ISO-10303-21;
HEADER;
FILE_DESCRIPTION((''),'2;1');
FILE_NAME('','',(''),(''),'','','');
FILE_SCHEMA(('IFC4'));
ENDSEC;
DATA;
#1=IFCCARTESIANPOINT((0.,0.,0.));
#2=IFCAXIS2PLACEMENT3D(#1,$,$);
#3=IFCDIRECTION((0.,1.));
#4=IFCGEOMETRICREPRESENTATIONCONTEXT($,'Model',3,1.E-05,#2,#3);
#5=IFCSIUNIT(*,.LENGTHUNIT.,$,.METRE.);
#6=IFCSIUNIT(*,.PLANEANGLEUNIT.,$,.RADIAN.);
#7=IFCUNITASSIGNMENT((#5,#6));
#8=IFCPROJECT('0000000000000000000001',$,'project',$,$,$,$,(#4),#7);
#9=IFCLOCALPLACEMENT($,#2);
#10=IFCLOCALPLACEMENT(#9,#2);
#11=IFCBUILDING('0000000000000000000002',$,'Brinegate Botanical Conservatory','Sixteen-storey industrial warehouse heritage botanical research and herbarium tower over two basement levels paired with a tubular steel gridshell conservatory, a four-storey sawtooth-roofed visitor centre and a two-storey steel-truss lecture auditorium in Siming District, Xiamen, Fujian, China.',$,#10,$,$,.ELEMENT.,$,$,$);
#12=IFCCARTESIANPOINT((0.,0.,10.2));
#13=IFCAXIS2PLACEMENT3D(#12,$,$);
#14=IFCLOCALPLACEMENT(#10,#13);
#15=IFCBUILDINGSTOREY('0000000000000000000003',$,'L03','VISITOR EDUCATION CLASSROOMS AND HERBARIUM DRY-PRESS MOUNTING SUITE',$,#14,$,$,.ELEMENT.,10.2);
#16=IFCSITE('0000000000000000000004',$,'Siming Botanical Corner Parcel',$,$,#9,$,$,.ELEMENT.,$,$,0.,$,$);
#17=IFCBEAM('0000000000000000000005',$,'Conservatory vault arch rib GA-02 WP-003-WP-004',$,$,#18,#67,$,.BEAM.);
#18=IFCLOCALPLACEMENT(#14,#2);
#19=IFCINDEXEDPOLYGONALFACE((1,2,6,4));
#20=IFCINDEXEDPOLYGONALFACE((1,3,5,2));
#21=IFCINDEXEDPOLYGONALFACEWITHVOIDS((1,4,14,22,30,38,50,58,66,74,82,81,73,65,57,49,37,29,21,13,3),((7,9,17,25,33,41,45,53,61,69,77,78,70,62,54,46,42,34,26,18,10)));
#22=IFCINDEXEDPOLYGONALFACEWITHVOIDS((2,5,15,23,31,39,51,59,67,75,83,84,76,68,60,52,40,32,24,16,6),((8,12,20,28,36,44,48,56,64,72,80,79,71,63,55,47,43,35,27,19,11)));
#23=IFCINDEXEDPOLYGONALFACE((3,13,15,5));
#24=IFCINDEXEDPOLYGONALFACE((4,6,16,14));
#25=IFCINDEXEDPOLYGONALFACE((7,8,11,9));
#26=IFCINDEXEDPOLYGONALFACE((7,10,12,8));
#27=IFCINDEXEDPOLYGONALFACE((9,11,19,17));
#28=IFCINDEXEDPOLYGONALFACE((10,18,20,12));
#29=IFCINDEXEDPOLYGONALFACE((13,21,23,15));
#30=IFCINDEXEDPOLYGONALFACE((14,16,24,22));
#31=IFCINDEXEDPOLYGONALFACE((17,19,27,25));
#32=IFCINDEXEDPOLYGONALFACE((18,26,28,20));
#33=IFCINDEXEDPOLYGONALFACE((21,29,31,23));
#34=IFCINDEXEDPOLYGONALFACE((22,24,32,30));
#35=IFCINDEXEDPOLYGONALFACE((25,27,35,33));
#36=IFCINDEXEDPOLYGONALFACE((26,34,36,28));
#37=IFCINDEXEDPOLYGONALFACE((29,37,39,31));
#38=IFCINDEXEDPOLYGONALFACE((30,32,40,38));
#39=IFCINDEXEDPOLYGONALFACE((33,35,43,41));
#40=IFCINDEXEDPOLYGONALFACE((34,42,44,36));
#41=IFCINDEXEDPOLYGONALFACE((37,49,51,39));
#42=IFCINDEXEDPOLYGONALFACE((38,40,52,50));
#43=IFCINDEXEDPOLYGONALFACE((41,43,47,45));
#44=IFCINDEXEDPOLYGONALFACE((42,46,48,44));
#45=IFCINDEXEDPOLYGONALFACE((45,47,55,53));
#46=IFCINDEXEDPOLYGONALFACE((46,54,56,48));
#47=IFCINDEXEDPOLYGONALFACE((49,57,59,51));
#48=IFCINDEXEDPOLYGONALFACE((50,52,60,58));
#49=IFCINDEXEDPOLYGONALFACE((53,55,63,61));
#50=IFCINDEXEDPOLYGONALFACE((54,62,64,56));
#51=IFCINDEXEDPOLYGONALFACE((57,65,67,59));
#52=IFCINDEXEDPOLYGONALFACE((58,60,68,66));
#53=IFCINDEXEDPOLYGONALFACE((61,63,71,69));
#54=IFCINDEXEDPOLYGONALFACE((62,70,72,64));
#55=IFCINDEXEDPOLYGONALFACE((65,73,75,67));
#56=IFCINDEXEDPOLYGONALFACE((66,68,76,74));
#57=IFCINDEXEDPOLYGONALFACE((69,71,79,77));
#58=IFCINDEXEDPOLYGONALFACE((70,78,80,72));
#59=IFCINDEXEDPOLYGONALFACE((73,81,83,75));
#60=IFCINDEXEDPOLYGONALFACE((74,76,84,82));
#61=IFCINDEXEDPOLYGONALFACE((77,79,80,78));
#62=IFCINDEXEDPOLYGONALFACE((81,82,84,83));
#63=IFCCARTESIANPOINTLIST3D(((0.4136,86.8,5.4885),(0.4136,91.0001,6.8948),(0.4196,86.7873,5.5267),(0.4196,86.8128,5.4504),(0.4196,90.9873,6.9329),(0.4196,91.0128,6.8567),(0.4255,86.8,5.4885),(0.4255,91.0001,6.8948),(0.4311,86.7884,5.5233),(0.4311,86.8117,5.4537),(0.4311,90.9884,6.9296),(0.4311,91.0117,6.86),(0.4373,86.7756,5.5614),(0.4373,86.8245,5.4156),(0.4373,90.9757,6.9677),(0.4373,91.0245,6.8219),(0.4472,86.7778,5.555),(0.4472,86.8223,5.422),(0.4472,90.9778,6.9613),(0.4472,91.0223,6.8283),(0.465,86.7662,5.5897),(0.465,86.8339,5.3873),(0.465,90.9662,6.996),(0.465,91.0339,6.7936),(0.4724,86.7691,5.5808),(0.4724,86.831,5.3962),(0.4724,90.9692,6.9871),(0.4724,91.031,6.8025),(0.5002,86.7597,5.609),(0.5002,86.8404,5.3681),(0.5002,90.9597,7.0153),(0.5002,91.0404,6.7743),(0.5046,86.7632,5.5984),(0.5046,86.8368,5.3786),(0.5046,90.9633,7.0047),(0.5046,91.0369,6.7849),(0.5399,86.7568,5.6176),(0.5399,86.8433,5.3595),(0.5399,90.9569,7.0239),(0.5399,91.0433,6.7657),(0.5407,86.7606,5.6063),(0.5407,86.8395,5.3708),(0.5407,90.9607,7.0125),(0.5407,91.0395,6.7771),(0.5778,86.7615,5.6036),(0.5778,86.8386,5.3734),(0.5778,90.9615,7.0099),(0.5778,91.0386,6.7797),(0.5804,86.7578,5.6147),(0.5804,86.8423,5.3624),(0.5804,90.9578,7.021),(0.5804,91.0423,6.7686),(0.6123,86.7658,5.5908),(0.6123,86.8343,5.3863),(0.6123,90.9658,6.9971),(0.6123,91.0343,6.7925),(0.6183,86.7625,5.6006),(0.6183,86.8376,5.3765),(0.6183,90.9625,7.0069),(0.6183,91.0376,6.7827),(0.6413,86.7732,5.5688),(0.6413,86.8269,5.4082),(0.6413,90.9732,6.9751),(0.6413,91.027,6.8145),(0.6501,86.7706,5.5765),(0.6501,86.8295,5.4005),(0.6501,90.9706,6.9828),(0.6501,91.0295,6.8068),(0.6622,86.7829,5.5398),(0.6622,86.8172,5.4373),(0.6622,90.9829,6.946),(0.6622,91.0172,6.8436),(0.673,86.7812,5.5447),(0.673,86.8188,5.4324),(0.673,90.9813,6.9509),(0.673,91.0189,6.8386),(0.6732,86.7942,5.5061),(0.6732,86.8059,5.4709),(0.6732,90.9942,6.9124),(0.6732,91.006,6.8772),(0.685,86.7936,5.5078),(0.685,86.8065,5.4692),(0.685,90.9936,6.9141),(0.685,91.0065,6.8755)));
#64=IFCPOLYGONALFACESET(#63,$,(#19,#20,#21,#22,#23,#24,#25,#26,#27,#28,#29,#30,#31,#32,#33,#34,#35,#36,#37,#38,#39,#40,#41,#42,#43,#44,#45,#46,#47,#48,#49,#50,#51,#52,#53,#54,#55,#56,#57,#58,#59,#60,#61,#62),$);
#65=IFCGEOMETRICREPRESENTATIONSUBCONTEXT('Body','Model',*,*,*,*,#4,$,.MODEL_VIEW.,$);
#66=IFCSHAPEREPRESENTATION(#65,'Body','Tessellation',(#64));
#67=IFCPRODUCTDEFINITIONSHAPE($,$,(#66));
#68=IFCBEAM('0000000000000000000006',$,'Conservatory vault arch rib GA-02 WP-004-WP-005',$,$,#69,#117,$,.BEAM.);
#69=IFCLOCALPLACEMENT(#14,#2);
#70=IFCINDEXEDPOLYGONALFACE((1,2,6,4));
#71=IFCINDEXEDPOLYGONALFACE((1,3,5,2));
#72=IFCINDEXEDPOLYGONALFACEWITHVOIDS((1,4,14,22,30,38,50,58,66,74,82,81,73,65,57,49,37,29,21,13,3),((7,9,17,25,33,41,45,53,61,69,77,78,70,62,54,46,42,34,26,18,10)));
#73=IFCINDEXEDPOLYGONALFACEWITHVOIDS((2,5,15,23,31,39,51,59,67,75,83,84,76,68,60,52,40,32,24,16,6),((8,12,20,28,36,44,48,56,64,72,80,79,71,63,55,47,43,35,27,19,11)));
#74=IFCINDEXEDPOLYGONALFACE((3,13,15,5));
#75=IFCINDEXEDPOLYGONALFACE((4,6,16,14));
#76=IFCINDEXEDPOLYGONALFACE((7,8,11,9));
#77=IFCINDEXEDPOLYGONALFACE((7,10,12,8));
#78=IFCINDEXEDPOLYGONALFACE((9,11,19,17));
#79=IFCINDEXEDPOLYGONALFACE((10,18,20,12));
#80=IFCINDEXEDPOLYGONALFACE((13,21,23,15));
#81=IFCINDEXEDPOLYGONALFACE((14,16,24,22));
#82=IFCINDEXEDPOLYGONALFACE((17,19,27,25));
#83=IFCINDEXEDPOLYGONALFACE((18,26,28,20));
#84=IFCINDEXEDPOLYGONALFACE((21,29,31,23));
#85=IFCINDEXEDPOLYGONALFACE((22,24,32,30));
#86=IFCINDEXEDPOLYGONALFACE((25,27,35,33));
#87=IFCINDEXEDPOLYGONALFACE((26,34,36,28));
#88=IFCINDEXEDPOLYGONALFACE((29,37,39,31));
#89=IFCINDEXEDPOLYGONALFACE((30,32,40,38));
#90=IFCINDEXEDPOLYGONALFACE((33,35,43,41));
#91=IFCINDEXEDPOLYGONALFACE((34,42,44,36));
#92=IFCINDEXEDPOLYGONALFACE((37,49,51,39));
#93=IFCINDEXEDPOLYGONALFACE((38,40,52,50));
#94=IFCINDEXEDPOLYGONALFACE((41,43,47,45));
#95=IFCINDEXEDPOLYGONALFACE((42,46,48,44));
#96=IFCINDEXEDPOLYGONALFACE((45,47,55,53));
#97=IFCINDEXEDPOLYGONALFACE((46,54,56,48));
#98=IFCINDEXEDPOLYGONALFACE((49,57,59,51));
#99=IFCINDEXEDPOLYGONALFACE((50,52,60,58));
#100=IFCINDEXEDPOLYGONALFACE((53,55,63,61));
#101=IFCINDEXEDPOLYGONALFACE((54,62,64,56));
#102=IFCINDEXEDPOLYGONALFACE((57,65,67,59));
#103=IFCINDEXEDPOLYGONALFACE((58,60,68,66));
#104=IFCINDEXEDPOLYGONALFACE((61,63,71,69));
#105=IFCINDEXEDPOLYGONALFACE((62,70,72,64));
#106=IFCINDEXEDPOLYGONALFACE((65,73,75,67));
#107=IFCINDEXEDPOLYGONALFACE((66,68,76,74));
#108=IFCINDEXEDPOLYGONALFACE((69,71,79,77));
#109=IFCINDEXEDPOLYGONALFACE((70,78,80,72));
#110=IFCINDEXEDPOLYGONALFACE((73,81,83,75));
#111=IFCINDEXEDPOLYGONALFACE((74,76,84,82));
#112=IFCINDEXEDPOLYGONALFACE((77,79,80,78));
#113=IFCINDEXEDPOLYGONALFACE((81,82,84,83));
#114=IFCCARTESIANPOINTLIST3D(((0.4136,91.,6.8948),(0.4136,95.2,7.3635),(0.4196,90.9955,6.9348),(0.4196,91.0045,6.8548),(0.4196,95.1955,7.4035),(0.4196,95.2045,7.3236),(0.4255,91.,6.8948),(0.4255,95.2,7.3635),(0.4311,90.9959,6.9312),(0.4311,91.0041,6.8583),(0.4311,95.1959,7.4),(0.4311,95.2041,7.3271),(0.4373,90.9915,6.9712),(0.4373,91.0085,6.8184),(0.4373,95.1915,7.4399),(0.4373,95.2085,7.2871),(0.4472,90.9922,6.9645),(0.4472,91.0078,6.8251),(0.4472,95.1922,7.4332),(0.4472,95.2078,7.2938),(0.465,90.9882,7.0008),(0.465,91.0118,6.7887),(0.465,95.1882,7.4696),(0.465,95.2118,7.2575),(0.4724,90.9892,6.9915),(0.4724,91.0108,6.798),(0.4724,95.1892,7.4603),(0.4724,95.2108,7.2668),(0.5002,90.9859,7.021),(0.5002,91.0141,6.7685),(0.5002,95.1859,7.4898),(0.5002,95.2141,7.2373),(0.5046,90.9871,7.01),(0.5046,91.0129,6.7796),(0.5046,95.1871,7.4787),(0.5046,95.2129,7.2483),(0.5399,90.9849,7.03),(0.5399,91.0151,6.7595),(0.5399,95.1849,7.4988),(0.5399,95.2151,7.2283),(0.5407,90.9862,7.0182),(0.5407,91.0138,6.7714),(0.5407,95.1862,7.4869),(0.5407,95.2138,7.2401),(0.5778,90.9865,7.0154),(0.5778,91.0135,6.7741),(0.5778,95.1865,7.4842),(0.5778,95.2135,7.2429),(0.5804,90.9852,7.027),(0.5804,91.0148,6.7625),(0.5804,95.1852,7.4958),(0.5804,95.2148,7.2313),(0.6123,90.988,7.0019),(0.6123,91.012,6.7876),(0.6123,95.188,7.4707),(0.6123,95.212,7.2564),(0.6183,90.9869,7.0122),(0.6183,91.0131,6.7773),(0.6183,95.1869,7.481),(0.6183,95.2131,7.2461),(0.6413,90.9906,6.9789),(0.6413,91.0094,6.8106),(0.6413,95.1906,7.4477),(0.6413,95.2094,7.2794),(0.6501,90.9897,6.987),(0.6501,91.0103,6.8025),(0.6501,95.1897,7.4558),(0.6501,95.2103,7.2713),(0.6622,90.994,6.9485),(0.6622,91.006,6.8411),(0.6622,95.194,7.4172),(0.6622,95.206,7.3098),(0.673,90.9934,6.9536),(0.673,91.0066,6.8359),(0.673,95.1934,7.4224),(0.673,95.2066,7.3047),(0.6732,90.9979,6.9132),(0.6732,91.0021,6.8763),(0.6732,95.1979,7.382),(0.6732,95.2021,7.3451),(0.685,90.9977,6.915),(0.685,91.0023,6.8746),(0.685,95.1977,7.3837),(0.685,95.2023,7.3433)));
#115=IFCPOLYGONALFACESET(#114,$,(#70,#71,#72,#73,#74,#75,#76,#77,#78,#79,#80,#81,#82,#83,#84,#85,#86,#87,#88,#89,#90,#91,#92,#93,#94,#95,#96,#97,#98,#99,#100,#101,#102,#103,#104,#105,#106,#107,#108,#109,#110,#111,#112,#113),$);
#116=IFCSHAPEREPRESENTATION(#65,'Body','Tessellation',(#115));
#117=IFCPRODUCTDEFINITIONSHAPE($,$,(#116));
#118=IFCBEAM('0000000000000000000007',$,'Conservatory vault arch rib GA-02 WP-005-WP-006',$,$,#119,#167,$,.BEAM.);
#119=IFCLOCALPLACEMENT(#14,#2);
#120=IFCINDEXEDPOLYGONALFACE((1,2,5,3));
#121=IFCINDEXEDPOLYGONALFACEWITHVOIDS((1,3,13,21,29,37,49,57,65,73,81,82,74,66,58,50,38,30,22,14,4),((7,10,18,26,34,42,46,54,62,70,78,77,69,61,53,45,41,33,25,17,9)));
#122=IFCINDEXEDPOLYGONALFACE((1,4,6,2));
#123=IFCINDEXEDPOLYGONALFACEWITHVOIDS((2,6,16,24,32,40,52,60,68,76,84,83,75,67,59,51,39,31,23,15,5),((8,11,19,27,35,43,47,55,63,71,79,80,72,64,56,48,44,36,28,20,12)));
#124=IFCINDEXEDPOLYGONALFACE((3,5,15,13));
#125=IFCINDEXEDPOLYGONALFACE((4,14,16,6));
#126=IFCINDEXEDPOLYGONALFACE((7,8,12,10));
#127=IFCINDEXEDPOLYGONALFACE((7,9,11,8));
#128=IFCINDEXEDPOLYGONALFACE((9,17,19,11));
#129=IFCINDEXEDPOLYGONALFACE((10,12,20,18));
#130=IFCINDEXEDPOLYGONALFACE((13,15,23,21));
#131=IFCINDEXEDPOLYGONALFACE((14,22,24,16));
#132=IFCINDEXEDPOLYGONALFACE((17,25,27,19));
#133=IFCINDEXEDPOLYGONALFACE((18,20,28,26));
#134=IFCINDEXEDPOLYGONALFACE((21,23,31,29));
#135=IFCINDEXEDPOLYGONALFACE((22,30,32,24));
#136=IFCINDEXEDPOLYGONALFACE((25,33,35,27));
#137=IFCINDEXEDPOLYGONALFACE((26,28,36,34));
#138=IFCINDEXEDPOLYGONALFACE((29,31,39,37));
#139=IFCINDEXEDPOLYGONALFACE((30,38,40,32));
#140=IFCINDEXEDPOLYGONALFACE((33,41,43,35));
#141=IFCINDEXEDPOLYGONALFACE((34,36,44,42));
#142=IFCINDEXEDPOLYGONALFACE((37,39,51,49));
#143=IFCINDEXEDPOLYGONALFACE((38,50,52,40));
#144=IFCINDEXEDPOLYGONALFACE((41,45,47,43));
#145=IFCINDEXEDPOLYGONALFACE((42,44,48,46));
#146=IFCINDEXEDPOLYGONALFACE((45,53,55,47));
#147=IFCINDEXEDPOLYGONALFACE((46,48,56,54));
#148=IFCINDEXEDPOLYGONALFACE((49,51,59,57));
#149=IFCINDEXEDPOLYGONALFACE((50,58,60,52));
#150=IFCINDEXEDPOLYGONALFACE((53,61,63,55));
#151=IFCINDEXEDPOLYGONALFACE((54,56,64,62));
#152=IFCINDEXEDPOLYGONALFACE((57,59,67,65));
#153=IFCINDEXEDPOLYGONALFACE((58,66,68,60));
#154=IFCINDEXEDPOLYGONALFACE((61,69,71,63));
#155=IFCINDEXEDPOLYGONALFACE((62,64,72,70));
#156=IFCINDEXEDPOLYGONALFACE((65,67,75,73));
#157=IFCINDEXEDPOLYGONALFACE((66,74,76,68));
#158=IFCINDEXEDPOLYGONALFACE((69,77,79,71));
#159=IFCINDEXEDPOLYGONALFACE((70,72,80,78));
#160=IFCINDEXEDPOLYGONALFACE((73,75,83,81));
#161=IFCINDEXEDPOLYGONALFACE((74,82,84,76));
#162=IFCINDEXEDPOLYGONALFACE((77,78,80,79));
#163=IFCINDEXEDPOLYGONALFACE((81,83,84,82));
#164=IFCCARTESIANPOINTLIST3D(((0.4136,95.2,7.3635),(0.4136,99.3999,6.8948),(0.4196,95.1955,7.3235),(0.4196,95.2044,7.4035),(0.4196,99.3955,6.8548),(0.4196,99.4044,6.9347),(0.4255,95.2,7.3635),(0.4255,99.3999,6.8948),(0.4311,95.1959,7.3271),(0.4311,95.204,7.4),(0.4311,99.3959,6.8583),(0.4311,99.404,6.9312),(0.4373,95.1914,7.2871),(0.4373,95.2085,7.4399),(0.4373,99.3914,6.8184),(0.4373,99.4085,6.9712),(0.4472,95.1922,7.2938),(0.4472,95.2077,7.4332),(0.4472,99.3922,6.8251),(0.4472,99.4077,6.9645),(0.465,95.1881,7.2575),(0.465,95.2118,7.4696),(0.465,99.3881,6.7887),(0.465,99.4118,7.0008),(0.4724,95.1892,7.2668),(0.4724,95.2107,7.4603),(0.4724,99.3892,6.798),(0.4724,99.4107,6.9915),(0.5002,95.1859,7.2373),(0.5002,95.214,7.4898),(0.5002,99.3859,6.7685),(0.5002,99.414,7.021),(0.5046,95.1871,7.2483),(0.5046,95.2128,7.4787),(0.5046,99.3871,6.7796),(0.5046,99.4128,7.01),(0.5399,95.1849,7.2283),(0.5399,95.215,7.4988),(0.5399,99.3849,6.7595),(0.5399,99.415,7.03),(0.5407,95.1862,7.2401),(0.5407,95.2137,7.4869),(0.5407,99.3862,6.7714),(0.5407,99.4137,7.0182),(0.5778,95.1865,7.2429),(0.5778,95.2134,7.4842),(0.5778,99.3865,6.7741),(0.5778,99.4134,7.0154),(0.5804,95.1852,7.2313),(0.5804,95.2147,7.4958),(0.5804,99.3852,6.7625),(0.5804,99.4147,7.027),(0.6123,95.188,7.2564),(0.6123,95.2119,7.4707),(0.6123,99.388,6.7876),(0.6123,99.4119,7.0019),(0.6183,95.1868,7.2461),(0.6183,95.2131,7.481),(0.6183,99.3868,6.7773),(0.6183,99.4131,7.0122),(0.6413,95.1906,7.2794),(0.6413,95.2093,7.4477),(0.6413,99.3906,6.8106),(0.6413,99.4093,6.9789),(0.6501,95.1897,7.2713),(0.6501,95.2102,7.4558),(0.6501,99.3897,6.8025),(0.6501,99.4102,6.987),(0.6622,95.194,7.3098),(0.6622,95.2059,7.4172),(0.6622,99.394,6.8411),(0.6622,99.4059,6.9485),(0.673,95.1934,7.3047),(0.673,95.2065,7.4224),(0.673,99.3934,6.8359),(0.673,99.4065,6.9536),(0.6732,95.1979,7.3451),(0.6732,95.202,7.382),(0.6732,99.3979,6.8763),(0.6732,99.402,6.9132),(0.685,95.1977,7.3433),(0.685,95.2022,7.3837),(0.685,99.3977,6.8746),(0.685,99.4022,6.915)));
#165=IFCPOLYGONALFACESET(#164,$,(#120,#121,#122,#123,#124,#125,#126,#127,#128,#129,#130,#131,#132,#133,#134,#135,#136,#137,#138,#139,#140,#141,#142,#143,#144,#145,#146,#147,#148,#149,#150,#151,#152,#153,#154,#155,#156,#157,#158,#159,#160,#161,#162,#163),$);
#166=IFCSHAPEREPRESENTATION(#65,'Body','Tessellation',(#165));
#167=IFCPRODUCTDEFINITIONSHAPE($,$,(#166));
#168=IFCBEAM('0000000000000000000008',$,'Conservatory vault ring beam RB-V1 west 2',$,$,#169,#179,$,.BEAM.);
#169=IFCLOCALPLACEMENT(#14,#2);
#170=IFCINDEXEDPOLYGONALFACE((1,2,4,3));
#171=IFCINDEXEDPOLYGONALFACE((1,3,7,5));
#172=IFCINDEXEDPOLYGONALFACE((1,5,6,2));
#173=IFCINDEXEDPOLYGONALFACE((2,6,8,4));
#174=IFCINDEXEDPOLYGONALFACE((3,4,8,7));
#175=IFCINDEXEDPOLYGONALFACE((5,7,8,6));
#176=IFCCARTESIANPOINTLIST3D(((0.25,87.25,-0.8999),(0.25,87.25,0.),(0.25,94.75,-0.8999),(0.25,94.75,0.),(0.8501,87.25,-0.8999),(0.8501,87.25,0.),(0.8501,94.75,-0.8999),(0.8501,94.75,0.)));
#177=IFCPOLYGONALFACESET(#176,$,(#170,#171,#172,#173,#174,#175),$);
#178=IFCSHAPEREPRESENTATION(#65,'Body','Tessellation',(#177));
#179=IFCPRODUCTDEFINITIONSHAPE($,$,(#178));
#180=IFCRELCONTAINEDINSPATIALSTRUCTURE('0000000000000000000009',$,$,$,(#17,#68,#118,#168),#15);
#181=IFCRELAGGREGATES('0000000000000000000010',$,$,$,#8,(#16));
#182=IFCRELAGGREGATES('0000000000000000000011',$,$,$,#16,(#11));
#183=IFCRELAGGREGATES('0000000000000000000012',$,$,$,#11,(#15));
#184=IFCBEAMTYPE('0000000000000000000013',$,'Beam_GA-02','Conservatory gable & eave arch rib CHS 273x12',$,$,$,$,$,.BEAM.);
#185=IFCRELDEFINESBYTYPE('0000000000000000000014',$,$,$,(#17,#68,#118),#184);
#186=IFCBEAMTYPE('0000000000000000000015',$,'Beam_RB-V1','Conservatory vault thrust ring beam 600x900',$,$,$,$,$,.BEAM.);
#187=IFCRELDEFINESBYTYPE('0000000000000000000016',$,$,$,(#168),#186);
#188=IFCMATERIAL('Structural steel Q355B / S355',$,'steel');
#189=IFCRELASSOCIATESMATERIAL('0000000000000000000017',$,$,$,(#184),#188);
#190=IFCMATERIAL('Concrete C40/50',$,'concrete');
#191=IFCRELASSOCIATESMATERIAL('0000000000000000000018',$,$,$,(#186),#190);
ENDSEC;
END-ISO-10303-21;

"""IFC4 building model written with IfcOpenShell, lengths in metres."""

from ifc_helpers import new_model, si_unit, direction, frame, origin, origin_2d, place, context, subcontext, project, spatial, rectangle, hollow_circle, extrude, material, material_profile, profile_set, type_object, element, save


model = new_model("IFC4")

# Units and contexts
model_context = context("Model", 3, precision=1e-05, world=origin(), true_north=direction((0.0, 1.0)))
body_context = subcontext(model_context, "Body", "Model", "MODEL_VIEW")
ifc_project = project(units=[si_unit("LENGTHUNIT", "METRE"), si_unit("PLANEANGLEUNIT", "RADIAN")], contexts=[model_context])

# Site, building, storey
site_placement = place(None, origin())
site = spatial("IfcSite", under=ifc_project, at=site_placement, Name="Siming Botanical Corner Parcel", CompositionType="ELEMENT", RefElevation=0.0)
building_placement = place(site_placement, origin())
building = spatial("IfcBuilding", under=site, at=building_placement, Name="Brinegate Botanical Conservatory", Description="Sixteen-storey industrial warehouse heritage botanical research and herbarium tower over two basement levels paired with a tubular steel gridshell conservatory, a four-storey sawtooth-roofed visitor centre and a two-storey steel-truss lecture auditorium in Siming District, Xiamen, Fujian, China.", CompositionType="ELEMENT")
storey_placement = place(building_placement, frame((0.0, 0.0, 10.2)))
storey = spatial("IfcBuildingStorey", under=building, at=storey_placement, Name="L03", Description="VISITOR EDUCATION CLASSROOMS AND HERBARIUM DRY-PRESS MOUNTING SUITE", CompositionType="ELEMENT", Elevation=10.2)

# Beams
ifc_material_1 = material(Name="Structural steel Q355B / S355", Category="steel")
ifc_material_profile_1 = material_profile(ifc_material_1, hollow_circle(Radius=0.1365, WallThickness=0.012, at=origin_2d()), Name="CHS 273x12")
ifc_profile_set_1 = profile_set([ifc_material_profile_1], Name="Structural steel Q355B / S355")
beam_type_1 = type_object("IfcBeamType", Name="Beam_GA-02", Description="Conservatory gable & eave arch rib CHS 273x12", PredefinedType="BEAM", material=ifc_profile_set_1)
beam_1_placement = place(storey_placement, frame((0.55, 86.8, 5.4885), z_axis=(0.0, 0.948258, 0.317501), x_axis=(-1.0, 0.0, 0.0)))
element("IfcBeam", 1, at=beam_1_placement, inside=storey, type_object=beam_type_1, Name="Conservatory vault arch rib GA-02 WP-003-WP-004", PredefinedType="BEAM", context=body_context, shape_type="SweptSolid", body=[
    extrude(hollow_circle(Radius=0.1365, WallThickness=0.012, at=origin_2d()), origin(), (0.0, 0.0, 1.0), 4.4292),
])
for number, where, z_axis, x_axis, name in (
    (2, (0.55, 91.0, 6.8948), (0.0, 0.993829, 0.11092), (-1.0, 0.0, 0.0), "Conservatory vault arch rib GA-02 WP-004-WP-005"),
    (3, (0.55, 95.2, 7.3635), (0.0, 0.993829, -0.11092), (-1.0, 0.0, 0.0), "Conservatory vault arch rib GA-02 WP-005-WP-006"),
):
    element("IfcBeam", number, at=place(storey_placement, frame(where, z_axis=z_axis, x_axis=x_axis)), inside=storey, type_object=beam_type_1, Name=name, PredefinedType="BEAM", context=body_context, shape_type="SweptSolid", body=[
        extrude(hollow_circle(Radius=0.1365, WallThickness=0.012, at=origin_2d()), origin(), (0.0, 0.0, 1.0), 4.2261),
    ])
ifc_material_2 = material(Name="Concrete C40/50", Category="concrete")
ifc_material_profile_2 = material_profile(ifc_material_2, rectangle(XDim=0.6001, YDim=0.8999, at=origin_2d()), Name="RC RB 600x900")
ifc_profile_set_2 = profile_set([ifc_material_profile_2], Name="Concrete C40/50")
beam_type_2 = type_object("IfcBeamType", Name="Beam_RB-V1", Description="Conservatory vault thrust ring beam 600x900", PredefinedType="BEAM", material=ifc_profile_set_2)
beam_2_placement = place(storey_placement, frame((0.55, 87.25, -0.45), z_axis=(0.0, 1.0, 0.0), x_axis=(-1.0, 0.0, 0.0)))
element("IfcBeam", 4, at=beam_2_placement, inside=storey, type_object=beam_type_2, Name="Conservatory vault ring beam RB-V1 west 2", PredefinedType="BEAM", context=body_context, shape_type="SweptSolid", body=[
    extrude(rectangle(XDim=0.6001, YDim=0.8999, at=origin_2d()), origin(), (0.0, 0.0, 1.0), 7.5),
])

save(model, "model.ifc")
